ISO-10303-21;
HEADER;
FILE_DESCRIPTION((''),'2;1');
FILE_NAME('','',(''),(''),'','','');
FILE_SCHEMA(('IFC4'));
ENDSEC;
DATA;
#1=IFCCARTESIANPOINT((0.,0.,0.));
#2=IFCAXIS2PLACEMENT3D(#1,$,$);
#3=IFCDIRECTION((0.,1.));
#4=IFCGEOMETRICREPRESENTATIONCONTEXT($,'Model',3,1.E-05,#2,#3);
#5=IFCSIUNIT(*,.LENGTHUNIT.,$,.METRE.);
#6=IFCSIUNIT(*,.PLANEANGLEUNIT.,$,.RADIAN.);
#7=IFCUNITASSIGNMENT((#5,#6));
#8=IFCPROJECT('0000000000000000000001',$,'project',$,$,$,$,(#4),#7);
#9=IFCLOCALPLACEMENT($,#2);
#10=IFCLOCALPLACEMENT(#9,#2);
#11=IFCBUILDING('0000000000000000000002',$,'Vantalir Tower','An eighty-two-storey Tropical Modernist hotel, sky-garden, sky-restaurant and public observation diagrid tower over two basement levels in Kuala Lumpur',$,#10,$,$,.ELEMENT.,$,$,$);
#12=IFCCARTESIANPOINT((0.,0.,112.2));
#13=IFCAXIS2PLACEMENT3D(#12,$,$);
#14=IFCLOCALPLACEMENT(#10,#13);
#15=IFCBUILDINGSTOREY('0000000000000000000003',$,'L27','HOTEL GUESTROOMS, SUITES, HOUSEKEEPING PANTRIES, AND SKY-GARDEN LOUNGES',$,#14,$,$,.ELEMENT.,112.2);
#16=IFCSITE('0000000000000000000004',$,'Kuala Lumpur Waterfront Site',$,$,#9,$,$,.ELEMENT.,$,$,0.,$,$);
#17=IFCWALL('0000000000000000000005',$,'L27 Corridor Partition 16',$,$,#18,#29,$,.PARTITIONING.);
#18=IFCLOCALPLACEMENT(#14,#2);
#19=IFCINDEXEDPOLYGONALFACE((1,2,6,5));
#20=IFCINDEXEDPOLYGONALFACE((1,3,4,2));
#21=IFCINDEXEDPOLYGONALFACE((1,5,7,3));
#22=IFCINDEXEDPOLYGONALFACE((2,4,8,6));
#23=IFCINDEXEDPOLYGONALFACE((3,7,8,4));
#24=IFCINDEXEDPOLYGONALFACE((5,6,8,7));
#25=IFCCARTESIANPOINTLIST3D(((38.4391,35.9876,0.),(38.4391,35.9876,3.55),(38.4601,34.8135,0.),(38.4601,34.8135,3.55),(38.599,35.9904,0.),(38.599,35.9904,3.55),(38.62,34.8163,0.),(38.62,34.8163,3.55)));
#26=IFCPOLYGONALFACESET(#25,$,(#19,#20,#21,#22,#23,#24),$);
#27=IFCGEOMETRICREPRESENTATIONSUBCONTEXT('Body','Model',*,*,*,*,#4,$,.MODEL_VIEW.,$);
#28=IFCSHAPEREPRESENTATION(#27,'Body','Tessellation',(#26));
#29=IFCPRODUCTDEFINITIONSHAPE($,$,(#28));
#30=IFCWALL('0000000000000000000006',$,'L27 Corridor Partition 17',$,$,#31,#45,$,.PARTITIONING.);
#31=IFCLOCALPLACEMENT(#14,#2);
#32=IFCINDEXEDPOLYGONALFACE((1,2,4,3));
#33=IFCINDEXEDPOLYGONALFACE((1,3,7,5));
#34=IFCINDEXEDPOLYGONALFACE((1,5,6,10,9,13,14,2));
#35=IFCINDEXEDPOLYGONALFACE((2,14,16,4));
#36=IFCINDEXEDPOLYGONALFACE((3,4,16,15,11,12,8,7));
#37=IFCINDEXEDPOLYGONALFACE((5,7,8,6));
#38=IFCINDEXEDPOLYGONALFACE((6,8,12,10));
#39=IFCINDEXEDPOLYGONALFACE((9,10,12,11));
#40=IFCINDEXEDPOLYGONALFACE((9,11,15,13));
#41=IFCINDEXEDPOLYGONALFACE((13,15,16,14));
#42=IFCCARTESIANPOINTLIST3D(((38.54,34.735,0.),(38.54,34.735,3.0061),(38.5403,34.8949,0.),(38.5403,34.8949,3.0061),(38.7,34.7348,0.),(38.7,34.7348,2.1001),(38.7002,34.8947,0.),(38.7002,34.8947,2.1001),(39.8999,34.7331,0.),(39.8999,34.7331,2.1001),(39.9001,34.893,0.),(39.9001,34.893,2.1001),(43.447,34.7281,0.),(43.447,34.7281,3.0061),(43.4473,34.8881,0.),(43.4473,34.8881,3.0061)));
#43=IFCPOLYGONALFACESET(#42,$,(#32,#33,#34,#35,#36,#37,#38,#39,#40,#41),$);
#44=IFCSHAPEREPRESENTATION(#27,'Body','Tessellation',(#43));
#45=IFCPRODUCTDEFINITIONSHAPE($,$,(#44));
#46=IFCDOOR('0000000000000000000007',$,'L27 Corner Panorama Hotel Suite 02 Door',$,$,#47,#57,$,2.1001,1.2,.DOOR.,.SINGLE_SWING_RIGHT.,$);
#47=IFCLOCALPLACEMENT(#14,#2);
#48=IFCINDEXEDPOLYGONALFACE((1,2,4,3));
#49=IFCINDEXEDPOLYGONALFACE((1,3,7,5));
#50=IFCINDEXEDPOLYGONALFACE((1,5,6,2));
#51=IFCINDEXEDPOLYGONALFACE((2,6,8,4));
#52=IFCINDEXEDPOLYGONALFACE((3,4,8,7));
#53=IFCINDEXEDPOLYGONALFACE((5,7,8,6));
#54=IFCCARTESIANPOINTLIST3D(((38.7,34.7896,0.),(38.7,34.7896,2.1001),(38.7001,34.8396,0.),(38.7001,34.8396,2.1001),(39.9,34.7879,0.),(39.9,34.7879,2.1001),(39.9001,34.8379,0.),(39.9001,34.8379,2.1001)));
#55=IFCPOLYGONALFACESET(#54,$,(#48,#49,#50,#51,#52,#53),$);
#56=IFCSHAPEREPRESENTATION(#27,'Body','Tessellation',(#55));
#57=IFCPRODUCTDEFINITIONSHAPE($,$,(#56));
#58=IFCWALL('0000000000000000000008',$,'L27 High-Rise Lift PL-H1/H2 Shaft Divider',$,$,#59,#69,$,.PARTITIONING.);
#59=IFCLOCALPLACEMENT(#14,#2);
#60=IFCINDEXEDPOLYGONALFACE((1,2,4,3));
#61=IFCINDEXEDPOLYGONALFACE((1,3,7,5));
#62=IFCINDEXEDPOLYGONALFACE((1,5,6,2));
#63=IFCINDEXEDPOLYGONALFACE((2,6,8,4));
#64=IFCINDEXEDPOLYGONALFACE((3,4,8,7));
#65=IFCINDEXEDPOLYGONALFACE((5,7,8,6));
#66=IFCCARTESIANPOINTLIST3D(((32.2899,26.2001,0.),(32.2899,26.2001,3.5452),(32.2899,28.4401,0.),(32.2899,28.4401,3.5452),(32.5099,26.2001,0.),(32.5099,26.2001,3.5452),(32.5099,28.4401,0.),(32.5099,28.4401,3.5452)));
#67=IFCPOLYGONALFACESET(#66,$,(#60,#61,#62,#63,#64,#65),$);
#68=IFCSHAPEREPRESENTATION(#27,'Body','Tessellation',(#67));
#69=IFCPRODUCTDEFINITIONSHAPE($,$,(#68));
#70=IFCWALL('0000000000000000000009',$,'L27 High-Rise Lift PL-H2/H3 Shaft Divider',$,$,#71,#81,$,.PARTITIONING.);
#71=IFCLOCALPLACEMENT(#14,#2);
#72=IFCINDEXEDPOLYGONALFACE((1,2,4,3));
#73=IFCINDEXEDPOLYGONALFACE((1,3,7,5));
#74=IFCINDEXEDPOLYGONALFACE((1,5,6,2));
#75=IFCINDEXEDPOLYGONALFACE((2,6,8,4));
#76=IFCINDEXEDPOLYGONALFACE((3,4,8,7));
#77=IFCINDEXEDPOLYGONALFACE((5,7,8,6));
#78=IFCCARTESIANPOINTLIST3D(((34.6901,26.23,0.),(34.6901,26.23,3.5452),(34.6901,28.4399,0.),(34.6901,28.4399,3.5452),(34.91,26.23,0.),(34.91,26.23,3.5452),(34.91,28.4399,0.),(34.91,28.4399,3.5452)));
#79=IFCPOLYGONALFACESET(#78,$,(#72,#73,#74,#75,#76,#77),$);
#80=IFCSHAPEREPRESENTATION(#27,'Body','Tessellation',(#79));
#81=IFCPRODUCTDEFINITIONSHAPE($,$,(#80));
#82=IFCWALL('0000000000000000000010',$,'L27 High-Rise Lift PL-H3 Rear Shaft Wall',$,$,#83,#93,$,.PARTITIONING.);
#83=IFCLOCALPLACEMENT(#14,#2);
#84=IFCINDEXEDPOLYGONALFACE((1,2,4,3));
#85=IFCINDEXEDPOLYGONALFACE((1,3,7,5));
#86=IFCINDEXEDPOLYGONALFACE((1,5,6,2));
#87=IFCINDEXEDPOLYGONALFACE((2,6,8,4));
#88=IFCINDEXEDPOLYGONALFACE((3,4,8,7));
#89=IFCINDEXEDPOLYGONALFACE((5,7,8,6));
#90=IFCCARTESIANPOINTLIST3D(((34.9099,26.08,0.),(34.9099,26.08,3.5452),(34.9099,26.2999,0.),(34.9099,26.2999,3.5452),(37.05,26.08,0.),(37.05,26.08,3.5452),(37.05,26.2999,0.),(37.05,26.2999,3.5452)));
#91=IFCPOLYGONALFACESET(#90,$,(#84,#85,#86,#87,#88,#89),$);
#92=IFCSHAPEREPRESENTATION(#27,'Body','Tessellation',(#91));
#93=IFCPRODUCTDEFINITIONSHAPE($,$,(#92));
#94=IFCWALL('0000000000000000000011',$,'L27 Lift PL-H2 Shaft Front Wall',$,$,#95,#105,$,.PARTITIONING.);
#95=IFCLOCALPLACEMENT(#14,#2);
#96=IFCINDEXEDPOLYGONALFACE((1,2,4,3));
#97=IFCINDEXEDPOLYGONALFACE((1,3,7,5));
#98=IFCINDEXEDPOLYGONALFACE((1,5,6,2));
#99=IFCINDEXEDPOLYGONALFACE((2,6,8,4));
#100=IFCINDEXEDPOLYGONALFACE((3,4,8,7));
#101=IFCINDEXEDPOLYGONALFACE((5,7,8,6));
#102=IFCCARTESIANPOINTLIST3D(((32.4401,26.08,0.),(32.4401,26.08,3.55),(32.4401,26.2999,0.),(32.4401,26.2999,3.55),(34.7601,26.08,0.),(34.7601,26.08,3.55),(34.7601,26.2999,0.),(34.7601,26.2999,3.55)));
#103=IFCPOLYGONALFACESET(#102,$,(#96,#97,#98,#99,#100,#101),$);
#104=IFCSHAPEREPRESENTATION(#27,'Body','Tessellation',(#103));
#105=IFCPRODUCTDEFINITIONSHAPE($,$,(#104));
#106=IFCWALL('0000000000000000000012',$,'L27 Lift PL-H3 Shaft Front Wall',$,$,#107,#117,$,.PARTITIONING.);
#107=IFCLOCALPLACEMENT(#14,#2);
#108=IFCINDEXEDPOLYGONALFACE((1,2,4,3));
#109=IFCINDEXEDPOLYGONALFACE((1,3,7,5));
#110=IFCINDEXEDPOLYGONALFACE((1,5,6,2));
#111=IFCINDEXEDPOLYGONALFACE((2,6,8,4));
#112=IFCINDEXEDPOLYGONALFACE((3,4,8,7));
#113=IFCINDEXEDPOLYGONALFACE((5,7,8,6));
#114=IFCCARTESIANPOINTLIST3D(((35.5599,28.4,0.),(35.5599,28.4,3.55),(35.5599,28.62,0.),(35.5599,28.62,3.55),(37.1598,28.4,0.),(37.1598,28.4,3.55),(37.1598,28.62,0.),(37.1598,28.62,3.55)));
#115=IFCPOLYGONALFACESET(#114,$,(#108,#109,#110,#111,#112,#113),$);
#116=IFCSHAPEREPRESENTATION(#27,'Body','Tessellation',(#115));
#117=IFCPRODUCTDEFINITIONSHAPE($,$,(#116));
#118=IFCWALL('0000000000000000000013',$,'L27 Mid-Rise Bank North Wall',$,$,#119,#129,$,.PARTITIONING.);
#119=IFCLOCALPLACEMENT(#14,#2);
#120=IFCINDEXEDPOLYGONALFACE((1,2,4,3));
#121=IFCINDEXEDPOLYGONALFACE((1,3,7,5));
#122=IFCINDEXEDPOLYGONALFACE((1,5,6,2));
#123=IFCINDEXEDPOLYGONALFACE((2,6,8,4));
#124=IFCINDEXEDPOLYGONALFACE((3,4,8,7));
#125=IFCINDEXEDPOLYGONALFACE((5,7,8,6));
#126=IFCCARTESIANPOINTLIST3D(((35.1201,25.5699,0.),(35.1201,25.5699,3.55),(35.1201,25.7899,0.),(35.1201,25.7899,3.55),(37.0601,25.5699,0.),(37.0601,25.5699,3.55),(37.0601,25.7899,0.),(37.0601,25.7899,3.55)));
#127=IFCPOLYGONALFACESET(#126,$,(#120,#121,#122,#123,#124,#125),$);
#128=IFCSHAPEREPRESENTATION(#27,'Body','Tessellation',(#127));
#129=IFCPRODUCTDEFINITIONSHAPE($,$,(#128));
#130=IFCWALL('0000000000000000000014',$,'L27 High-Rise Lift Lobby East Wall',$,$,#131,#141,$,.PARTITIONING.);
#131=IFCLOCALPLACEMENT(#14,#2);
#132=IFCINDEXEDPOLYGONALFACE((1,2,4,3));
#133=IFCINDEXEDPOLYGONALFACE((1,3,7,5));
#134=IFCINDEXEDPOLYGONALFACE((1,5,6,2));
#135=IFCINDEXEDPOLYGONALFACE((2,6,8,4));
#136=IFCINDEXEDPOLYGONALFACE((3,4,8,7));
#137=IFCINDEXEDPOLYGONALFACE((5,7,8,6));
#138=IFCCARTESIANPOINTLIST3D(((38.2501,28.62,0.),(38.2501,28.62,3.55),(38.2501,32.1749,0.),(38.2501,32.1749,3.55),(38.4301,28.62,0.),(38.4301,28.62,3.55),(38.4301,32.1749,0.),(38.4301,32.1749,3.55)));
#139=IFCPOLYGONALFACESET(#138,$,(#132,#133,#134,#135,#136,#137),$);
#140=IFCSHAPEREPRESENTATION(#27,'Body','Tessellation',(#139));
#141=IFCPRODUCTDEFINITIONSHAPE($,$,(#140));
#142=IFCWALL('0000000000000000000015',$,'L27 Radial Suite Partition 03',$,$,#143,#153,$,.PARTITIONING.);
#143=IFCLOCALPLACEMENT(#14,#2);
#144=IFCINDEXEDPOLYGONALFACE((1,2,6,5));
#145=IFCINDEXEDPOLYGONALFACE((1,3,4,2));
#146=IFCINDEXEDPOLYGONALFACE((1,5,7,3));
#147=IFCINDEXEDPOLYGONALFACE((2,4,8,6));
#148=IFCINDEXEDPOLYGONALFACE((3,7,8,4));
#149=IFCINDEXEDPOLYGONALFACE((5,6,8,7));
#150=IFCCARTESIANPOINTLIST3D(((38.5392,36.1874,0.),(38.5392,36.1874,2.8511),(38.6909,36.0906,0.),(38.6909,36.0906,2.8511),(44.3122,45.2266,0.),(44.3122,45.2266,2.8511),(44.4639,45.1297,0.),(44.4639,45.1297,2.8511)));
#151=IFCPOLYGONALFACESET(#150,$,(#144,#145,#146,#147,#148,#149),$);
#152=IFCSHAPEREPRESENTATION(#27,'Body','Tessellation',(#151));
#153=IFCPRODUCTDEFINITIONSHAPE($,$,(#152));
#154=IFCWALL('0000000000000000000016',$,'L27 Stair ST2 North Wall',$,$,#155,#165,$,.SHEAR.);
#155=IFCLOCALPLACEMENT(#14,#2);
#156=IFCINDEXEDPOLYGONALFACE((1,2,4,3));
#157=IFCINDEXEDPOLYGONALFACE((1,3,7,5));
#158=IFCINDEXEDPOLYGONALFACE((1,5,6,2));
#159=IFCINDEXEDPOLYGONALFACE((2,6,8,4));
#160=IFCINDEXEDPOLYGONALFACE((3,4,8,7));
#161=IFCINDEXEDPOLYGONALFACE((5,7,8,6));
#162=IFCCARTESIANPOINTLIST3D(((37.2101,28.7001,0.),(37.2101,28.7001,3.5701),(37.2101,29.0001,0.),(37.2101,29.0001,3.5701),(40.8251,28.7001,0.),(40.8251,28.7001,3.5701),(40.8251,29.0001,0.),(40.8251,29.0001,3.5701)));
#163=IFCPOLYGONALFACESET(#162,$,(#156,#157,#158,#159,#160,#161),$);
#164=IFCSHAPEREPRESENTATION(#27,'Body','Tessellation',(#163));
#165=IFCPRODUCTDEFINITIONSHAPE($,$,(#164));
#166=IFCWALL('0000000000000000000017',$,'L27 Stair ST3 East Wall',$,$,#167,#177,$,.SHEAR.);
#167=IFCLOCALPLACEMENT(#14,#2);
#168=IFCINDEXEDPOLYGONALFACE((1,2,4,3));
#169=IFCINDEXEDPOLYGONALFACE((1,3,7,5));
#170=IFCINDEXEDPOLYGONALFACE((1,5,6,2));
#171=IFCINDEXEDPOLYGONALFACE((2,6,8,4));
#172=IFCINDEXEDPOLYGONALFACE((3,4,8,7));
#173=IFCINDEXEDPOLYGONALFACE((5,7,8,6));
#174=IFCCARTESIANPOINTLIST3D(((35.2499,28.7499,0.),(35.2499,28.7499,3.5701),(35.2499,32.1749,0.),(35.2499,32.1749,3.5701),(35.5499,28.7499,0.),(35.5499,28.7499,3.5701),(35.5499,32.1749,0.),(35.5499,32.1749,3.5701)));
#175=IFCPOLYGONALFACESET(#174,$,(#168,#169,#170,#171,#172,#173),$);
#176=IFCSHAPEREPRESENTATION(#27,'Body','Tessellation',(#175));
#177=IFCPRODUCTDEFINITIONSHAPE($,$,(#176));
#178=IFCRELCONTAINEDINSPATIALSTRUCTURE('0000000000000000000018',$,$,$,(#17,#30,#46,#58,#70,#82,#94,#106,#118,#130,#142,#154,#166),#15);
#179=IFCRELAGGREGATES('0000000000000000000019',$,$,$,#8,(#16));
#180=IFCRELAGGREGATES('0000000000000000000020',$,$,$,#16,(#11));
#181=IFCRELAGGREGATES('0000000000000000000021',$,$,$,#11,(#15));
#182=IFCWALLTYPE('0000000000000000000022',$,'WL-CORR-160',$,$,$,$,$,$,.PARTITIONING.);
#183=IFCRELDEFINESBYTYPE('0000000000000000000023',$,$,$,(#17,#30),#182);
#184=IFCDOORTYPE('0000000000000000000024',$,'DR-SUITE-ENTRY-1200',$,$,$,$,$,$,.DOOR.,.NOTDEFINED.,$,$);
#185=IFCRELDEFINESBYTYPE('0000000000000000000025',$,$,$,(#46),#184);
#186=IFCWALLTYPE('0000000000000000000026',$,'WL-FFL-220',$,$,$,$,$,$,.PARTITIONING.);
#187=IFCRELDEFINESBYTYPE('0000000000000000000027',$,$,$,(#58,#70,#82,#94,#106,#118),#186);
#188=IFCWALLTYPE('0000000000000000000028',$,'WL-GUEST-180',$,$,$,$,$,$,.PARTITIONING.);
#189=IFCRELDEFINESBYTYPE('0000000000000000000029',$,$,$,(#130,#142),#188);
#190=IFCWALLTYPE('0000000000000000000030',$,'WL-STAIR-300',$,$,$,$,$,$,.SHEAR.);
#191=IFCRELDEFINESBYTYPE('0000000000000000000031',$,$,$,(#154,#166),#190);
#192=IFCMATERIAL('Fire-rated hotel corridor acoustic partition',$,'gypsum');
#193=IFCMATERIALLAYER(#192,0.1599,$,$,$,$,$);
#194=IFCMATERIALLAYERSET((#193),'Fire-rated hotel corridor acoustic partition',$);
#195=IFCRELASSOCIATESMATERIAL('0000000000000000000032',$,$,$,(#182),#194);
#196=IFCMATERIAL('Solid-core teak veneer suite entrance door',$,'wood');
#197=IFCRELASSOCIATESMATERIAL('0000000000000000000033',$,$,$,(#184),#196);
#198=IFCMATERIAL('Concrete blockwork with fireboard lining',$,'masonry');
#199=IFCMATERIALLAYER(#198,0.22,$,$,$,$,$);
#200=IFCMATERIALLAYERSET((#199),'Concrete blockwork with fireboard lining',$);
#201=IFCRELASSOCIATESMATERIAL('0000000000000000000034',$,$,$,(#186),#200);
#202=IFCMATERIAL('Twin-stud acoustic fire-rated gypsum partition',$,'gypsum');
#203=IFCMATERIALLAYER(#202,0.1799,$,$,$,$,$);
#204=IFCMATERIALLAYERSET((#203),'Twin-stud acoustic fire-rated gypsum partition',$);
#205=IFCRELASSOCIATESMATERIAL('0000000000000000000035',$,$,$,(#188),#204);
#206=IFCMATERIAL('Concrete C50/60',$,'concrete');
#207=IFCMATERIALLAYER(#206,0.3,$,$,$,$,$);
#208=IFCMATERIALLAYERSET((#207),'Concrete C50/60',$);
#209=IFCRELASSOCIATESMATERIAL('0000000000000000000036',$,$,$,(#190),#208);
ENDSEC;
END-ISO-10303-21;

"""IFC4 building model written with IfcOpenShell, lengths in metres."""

from ifc_helpers import new_model, si_unit, direction, frame, frame_2d, origin, place, context, subcontext, project, spatial, rectangle, extrude, material, layer, layer_set, type_object, element, fill, save


model = new_model("IFC4")

# Units and contexts
model_context = context("Model", 3, precision=1e-05, world=origin(), true_north=direction((0.0, 1.0)))
body_context = subcontext(model_context, "Body", "Model", "MODEL_VIEW")
ifc_project = project(units=[si_unit("LENGTHUNIT", "METRE"), si_unit("PLANEANGLEUNIT", "RADIAN")], contexts=[model_context])

# Site, building, storey
site_placement = place(None, origin())
site = spatial("IfcSite", under=ifc_project, at=site_placement, Name="Kuala Lumpur Waterfront Site", CompositionType="ELEMENT", RefElevation=0.0)
building_placement = place(site_placement, origin())
building = spatial("IfcBuilding", under=site, at=building_placement, Name="Vantalir Tower", Description="An eighty-two-storey Tropical Modernist hotel, sky-garden, sky-restaurant and public observation diagrid tower over two basement levels in Kuala Lumpur", CompositionType="ELEMENT")
storey_placement = place(building_placement, frame((0.0, 0.0, 112.2)))
storey = spatial("IfcBuildingStorey", under=building, at=storey_placement, Name="L27", Description="HOTEL GUESTROOMS, SUITES, HOUSEKEEPING PANTRIES, AND SKY-GARDEN LOUNGES", CompositionType="ELEMENT", Elevation=112.2)

# Shared definitions
ifc_material_1 = material(Name="Fire-rated hotel corridor acoustic partition", Category="gypsum")
ifc_layer_1 = layer(ifc_material_1, 0.1599)
ifc_layer_set_1 = layer_set([ifc_layer_1], Name="Fire-rated hotel corridor acoustic partition")
wall_type_1 = type_object("IfcWallType", Name="WL-CORR-160", PredefinedType="PARTITIONING", material=ifc_layer_set_1)
ifc_material_2 = material(Name="Solid-core teak veneer suite entrance door", Category="wood")
door_type_1 = type_object("IfcDoorType", Name="DR-SUITE-ENTRY-1200", OperationType="NOTDEFINED", PredefinedType="DOOR", material=ifc_material_2)

# Wall
wall_1_placement = place(storey_placement, frame((38.519, 35.989, 0.0), z_axis=(0.0, 0.0, 1.0), x_axis=(0.01788, -0.99984, 0.0)))
element("IfcWall", 1, at=wall_1_placement, inside=storey, type_object=wall_type_1, Name="L27 Corridor Partition 16", PredefinedType="PARTITIONING", context=body_context, shape_type="SweptSolid", body=[
    extrude(rectangle(XDim=1.1743, YDim=0.1599, at=frame_2d((0.5872, 0.0))), origin(), (0.0, 0.0, 1.0), 3.55),
])

# Wall, opening, door
wall_2_placement = place(storey_placement, frame((38.54, 34.8149, 0.0), z_axis=(0.0, 0.0, 1.0), x_axis=(0.999999, -0.001393, 0.0)))
wall_2 = element("IfcWall", 2, at=wall_2_placement, inside=storey, type_object=wall_type_1, Name="L27 Corridor Partition 17", PredefinedType="PARTITIONING", context=body_context, shape_type="SweptSolid", body=[
    extrude(rectangle(XDim=4.907, YDim=0.1599, at=frame_2d((2.4536, 0.0))), origin(), (0.0, 0.0, 1.0), 3.0061),
])
opening_1_placement = place(wall_2_placement, frame((0.1599, 0.0, 0.0)))
opening_1 = element("IfcOpeningElement", 3, at=opening_1_placement, cuts=wall_2, PredefinedType="OPENING", context=body_context, shape_type="SweptSolid", body=[
    extrude(rectangle(XDim=1.2, YDim=2.1001, at=frame_2d((0.6001, 1.05))), frame((0.0, 0.0898, 0.0), z_axis=(0.0, -1.0, 0.0), x_axis=(1.0, 0.0, 0.0)), (0.0, 0.0, 1.0), 0.1799),
])
door_1_placement = place(opening_1_placement, origin())
door_1 = element("IfcDoor", 4, at=door_1_placement, inside=storey, type_object=door_type_1, Name="L27 Corner Panorama Hotel Suite 02 Door", OperationType="SINGLE_SWING_RIGHT", OverallHeight=2.1001, OverallWidth=1.2, PredefinedType="DOOR", context=body_context, shape_type="SweptSolid", body=[
    extrude(rectangle(XDim=1.2, YDim=2.1001, at=frame_2d((0.6001, 1.05))), frame((0.0, 0.0249, 0.0), z_axis=(0.0, -1.0, 0.0), x_axis=(1.0, 0.0, 0.0)), (0.0, 0.0, 1.0), 0.05),
])
fill(opening_1, door_1)

# Walls
ifc_material_3 = material(Name="Concrete blockwork with fireboard lining", Category="masonry")
ifc_layer_2 = layer(ifc_material_3, 0.22)
ifc_layer_set_2 = layer_set([ifc_layer_2], Name="Concrete blockwork with fireboard lining")
wall_type_2 = type_object("IfcWallType", Name="WL-FFL-220", PredefinedType="PARTITIONING", material=ifc_layer_set_2)
wall_3_placement = place(storey_placement, frame((32.3999, 26.2, 0.0), z_axis=(0.0, 0.0, 1.0), x_axis=(0.0, 1.0, 0.0)))
element("IfcWall", 5, at=wall_3_placement, inside=storey, type_object=wall_type_2, Name="L27 High-Rise Lift PL-H1/H2 Shaft Divider", PredefinedType="PARTITIONING", context=body_context, shape_type="SweptSolid", body=[
    extrude(rectangle(XDim=2.24, YDim=0.22, at=frame_2d((1.1201, 0.0))), origin(), (0.0, 0.0, 1.0), 3.5452),
])
wall_4_placement = place(storey_placement, frame((34.8, 26.23, 0.0), z_axis=(0.0, 0.0, 1.0), x_axis=(0.0, 1.0, 0.0)))
element("IfcWall", 6, at=wall_4_placement, inside=storey, type_object=wall_type_2, Name="L27 High-Rise Lift PL-H2/H3 Shaft Divider", PredefinedType="PARTITIONING", context=body_context, shape_type="SweptSolid", body=[
    extrude(rectangle(XDim=2.21, YDim=0.22, at=frame_2d((1.105, 0.0))), origin(), (0.0, 0.0, 1.0), 3.5452),
])
wall_5_placement = place(storey_placement, frame((34.9099, 26.1899, 0.0), z_axis=(0.0, 0.0, 1.0), x_axis=(1.0, 0.0, 0.0)))
element("IfcWall", 7, at=wall_5_placement, inside=storey, type_object=wall_type_2, Name="L27 High-Rise Lift PL-H3 Rear Shaft Wall", PredefinedType="PARTITIONING", context=body_context, shape_type="SweptSolid", body=[
    extrude(rectangle(XDim=2.1401, YDim=0.22, at=frame_2d((1.0701, 0.0))), origin(), (0.0, 0.0, 1.0), 3.5452),
])
wall_6_placement = place(storey_placement, frame((32.4399, 26.1899, 0.0), z_axis=(0.0, 0.0, 1.0), x_axis=(1.0, 0.0, 0.0)))
element("IfcWall", 8, at=wall_6_placement, inside=storey, type_object=wall_type_2, Name="L27 Lift PL-H2 Shaft Front Wall", PredefinedType="PARTITIONING", context=body_context, shape_type="SweptSolid", body=[
    extrude(rectangle(XDim=2.3201, YDim=0.22, at=frame_2d((1.1602, 0.0))), origin(), (0.0, 0.0, 1.0), 3.55),
])
wall_7_placement = place(storey_placement, frame((35.5601, 28.51, 0.0), z_axis=(0.0, 0.0, 1.0), x_axis=(1.0, 0.0, 0.0)))
element("IfcWall", 9, at=wall_7_placement, inside=storey, type_object=wall_type_2, Name="L27 Lift PL-H3 Shaft Front Wall", PredefinedType="PARTITIONING", context=body_context, shape_type="SweptSolid", body=[
    extrude(rectangle(XDim=1.5999, YDim=0.22, at=frame_2d((0.7998, 0.0))), origin(), (0.0, 0.0, 1.0), 3.55),
])
wall_8_placement = place(storey_placement, frame((35.1201, 25.6799, 0.0), z_axis=(0.0, 0.0, 1.0), x_axis=(1.0, 0.0, 0.0)))
element("IfcWall", 10, at=wall_8_placement, inside=storey, type_object=wall_type_2, Name="L27 Mid-Rise Bank North Wall", PredefinedType="PARTITIONING", context=body_context, shape_type="SweptSolid", body=[
    extrude(rectangle(XDim=1.9399, YDim=0.22, at=frame_2d((0.97, 0.0))), origin(), (0.0, 0.0, 1.0), 3.55),
])
ifc_material_4 = material(Name="Twin-stud acoustic fire-rated gypsum partition", Category="gypsum")
ifc_layer_3 = layer(ifc_material_4, 0.1799)
ifc_layer_set_3 = layer_set([ifc_layer_3], Name="Twin-stud acoustic fire-rated gypsum partition")
wall_type_3 = type_object("IfcWallType", Name="WL-GUEST-180", PredefinedType="PARTITIONING", material=ifc_layer_set_3)
wall_9_placement = place(storey_placement, frame((38.3401, 28.6201, 0.0), z_axis=(0.0, 0.0, 1.0), x_axis=(0.0, 1.0, 0.0)))
element("IfcWall", 11, at=wall_9_placement, inside=storey, type_object=wall_type_3, Name="L27 High-Rise Lift Lobby East Wall", PredefinedType="PARTITIONING", context=body_context, shape_type="SweptSolid", body=[
    extrude(rectangle(XDim=3.5549, YDim=0.1799, at=frame_2d((1.7773, 0.0))), origin(), (0.0, 0.0, 1.0), 3.55),
])
wall_10_placement = place(storey_placement, frame((38.615, 36.1389, 0.0), z_axis=(0.0, 0.0, 1.0), x_axis=(0.538256, 0.842781, 0.0)))
element("IfcWall", 12, at=wall_10_placement, inside=storey, type_object=wall_type_3, Name="L27 Radial Suite Partition 03", PredefinedType="PARTITIONING", context=body_context, shape_type="SweptSolid", body=[
    extrude(rectangle(XDim=10.7253, YDim=0.1799, at=frame_2d((5.3628, 0.0))), origin(), (0.0, 0.0, 1.0), 2.8511),
])
ifc_material_5 = material(Name="Concrete C50/60", Category="concrete")
ifc_layer_4 = layer(ifc_material_5, 0.3)
ifc_layer_set_4 = layer_set([ifc_layer_4], Name="Concrete C50/60")
wall_type_4 = type_object("IfcWallType", Name="WL-STAIR-300", PredefinedType="SHEAR", material=ifc_layer_set_4)
wall_11_placement = place(storey_placement, frame((37.21, 28.8501, 0.0), z_axis=(0.0, 0.0, 1.0), x_axis=(1.0, 0.0, 0.0)))
element("IfcWall", 13, at=wall_11_placement, inside=storey, type_object=wall_type_4, Name="L27 Stair ST2 North Wall", PredefinedType="SHEAR", context=body_context, shape_type="SweptSolid", body=[
    extrude(rectangle(XDim=3.615, YDim=0.3, at=frame_2d((1.8076, 0.0))), origin(), (0.0, 0.0, 1.0), 3.5701),
])
wall_12_placement = place(storey_placement, frame((35.3999, 28.75, 0.0), z_axis=(0.0, 0.0, 1.0), x_axis=(0.0, 1.0, 0.0)))
element("IfcWall", 14, at=wall_12_placement, inside=storey, type_object=wall_type_4, Name="L27 Stair ST3 East Wall", PredefinedType="SHEAR", context=body_context, shape_type="SweptSolid", body=[
    extrude(rectangle(XDim=3.425, YDim=0.3, at=frame_2d((1.7124, 0.0))), origin(), (0.0, 0.0, 1.0), 3.5701),
])

save(model, "model.ifc")
